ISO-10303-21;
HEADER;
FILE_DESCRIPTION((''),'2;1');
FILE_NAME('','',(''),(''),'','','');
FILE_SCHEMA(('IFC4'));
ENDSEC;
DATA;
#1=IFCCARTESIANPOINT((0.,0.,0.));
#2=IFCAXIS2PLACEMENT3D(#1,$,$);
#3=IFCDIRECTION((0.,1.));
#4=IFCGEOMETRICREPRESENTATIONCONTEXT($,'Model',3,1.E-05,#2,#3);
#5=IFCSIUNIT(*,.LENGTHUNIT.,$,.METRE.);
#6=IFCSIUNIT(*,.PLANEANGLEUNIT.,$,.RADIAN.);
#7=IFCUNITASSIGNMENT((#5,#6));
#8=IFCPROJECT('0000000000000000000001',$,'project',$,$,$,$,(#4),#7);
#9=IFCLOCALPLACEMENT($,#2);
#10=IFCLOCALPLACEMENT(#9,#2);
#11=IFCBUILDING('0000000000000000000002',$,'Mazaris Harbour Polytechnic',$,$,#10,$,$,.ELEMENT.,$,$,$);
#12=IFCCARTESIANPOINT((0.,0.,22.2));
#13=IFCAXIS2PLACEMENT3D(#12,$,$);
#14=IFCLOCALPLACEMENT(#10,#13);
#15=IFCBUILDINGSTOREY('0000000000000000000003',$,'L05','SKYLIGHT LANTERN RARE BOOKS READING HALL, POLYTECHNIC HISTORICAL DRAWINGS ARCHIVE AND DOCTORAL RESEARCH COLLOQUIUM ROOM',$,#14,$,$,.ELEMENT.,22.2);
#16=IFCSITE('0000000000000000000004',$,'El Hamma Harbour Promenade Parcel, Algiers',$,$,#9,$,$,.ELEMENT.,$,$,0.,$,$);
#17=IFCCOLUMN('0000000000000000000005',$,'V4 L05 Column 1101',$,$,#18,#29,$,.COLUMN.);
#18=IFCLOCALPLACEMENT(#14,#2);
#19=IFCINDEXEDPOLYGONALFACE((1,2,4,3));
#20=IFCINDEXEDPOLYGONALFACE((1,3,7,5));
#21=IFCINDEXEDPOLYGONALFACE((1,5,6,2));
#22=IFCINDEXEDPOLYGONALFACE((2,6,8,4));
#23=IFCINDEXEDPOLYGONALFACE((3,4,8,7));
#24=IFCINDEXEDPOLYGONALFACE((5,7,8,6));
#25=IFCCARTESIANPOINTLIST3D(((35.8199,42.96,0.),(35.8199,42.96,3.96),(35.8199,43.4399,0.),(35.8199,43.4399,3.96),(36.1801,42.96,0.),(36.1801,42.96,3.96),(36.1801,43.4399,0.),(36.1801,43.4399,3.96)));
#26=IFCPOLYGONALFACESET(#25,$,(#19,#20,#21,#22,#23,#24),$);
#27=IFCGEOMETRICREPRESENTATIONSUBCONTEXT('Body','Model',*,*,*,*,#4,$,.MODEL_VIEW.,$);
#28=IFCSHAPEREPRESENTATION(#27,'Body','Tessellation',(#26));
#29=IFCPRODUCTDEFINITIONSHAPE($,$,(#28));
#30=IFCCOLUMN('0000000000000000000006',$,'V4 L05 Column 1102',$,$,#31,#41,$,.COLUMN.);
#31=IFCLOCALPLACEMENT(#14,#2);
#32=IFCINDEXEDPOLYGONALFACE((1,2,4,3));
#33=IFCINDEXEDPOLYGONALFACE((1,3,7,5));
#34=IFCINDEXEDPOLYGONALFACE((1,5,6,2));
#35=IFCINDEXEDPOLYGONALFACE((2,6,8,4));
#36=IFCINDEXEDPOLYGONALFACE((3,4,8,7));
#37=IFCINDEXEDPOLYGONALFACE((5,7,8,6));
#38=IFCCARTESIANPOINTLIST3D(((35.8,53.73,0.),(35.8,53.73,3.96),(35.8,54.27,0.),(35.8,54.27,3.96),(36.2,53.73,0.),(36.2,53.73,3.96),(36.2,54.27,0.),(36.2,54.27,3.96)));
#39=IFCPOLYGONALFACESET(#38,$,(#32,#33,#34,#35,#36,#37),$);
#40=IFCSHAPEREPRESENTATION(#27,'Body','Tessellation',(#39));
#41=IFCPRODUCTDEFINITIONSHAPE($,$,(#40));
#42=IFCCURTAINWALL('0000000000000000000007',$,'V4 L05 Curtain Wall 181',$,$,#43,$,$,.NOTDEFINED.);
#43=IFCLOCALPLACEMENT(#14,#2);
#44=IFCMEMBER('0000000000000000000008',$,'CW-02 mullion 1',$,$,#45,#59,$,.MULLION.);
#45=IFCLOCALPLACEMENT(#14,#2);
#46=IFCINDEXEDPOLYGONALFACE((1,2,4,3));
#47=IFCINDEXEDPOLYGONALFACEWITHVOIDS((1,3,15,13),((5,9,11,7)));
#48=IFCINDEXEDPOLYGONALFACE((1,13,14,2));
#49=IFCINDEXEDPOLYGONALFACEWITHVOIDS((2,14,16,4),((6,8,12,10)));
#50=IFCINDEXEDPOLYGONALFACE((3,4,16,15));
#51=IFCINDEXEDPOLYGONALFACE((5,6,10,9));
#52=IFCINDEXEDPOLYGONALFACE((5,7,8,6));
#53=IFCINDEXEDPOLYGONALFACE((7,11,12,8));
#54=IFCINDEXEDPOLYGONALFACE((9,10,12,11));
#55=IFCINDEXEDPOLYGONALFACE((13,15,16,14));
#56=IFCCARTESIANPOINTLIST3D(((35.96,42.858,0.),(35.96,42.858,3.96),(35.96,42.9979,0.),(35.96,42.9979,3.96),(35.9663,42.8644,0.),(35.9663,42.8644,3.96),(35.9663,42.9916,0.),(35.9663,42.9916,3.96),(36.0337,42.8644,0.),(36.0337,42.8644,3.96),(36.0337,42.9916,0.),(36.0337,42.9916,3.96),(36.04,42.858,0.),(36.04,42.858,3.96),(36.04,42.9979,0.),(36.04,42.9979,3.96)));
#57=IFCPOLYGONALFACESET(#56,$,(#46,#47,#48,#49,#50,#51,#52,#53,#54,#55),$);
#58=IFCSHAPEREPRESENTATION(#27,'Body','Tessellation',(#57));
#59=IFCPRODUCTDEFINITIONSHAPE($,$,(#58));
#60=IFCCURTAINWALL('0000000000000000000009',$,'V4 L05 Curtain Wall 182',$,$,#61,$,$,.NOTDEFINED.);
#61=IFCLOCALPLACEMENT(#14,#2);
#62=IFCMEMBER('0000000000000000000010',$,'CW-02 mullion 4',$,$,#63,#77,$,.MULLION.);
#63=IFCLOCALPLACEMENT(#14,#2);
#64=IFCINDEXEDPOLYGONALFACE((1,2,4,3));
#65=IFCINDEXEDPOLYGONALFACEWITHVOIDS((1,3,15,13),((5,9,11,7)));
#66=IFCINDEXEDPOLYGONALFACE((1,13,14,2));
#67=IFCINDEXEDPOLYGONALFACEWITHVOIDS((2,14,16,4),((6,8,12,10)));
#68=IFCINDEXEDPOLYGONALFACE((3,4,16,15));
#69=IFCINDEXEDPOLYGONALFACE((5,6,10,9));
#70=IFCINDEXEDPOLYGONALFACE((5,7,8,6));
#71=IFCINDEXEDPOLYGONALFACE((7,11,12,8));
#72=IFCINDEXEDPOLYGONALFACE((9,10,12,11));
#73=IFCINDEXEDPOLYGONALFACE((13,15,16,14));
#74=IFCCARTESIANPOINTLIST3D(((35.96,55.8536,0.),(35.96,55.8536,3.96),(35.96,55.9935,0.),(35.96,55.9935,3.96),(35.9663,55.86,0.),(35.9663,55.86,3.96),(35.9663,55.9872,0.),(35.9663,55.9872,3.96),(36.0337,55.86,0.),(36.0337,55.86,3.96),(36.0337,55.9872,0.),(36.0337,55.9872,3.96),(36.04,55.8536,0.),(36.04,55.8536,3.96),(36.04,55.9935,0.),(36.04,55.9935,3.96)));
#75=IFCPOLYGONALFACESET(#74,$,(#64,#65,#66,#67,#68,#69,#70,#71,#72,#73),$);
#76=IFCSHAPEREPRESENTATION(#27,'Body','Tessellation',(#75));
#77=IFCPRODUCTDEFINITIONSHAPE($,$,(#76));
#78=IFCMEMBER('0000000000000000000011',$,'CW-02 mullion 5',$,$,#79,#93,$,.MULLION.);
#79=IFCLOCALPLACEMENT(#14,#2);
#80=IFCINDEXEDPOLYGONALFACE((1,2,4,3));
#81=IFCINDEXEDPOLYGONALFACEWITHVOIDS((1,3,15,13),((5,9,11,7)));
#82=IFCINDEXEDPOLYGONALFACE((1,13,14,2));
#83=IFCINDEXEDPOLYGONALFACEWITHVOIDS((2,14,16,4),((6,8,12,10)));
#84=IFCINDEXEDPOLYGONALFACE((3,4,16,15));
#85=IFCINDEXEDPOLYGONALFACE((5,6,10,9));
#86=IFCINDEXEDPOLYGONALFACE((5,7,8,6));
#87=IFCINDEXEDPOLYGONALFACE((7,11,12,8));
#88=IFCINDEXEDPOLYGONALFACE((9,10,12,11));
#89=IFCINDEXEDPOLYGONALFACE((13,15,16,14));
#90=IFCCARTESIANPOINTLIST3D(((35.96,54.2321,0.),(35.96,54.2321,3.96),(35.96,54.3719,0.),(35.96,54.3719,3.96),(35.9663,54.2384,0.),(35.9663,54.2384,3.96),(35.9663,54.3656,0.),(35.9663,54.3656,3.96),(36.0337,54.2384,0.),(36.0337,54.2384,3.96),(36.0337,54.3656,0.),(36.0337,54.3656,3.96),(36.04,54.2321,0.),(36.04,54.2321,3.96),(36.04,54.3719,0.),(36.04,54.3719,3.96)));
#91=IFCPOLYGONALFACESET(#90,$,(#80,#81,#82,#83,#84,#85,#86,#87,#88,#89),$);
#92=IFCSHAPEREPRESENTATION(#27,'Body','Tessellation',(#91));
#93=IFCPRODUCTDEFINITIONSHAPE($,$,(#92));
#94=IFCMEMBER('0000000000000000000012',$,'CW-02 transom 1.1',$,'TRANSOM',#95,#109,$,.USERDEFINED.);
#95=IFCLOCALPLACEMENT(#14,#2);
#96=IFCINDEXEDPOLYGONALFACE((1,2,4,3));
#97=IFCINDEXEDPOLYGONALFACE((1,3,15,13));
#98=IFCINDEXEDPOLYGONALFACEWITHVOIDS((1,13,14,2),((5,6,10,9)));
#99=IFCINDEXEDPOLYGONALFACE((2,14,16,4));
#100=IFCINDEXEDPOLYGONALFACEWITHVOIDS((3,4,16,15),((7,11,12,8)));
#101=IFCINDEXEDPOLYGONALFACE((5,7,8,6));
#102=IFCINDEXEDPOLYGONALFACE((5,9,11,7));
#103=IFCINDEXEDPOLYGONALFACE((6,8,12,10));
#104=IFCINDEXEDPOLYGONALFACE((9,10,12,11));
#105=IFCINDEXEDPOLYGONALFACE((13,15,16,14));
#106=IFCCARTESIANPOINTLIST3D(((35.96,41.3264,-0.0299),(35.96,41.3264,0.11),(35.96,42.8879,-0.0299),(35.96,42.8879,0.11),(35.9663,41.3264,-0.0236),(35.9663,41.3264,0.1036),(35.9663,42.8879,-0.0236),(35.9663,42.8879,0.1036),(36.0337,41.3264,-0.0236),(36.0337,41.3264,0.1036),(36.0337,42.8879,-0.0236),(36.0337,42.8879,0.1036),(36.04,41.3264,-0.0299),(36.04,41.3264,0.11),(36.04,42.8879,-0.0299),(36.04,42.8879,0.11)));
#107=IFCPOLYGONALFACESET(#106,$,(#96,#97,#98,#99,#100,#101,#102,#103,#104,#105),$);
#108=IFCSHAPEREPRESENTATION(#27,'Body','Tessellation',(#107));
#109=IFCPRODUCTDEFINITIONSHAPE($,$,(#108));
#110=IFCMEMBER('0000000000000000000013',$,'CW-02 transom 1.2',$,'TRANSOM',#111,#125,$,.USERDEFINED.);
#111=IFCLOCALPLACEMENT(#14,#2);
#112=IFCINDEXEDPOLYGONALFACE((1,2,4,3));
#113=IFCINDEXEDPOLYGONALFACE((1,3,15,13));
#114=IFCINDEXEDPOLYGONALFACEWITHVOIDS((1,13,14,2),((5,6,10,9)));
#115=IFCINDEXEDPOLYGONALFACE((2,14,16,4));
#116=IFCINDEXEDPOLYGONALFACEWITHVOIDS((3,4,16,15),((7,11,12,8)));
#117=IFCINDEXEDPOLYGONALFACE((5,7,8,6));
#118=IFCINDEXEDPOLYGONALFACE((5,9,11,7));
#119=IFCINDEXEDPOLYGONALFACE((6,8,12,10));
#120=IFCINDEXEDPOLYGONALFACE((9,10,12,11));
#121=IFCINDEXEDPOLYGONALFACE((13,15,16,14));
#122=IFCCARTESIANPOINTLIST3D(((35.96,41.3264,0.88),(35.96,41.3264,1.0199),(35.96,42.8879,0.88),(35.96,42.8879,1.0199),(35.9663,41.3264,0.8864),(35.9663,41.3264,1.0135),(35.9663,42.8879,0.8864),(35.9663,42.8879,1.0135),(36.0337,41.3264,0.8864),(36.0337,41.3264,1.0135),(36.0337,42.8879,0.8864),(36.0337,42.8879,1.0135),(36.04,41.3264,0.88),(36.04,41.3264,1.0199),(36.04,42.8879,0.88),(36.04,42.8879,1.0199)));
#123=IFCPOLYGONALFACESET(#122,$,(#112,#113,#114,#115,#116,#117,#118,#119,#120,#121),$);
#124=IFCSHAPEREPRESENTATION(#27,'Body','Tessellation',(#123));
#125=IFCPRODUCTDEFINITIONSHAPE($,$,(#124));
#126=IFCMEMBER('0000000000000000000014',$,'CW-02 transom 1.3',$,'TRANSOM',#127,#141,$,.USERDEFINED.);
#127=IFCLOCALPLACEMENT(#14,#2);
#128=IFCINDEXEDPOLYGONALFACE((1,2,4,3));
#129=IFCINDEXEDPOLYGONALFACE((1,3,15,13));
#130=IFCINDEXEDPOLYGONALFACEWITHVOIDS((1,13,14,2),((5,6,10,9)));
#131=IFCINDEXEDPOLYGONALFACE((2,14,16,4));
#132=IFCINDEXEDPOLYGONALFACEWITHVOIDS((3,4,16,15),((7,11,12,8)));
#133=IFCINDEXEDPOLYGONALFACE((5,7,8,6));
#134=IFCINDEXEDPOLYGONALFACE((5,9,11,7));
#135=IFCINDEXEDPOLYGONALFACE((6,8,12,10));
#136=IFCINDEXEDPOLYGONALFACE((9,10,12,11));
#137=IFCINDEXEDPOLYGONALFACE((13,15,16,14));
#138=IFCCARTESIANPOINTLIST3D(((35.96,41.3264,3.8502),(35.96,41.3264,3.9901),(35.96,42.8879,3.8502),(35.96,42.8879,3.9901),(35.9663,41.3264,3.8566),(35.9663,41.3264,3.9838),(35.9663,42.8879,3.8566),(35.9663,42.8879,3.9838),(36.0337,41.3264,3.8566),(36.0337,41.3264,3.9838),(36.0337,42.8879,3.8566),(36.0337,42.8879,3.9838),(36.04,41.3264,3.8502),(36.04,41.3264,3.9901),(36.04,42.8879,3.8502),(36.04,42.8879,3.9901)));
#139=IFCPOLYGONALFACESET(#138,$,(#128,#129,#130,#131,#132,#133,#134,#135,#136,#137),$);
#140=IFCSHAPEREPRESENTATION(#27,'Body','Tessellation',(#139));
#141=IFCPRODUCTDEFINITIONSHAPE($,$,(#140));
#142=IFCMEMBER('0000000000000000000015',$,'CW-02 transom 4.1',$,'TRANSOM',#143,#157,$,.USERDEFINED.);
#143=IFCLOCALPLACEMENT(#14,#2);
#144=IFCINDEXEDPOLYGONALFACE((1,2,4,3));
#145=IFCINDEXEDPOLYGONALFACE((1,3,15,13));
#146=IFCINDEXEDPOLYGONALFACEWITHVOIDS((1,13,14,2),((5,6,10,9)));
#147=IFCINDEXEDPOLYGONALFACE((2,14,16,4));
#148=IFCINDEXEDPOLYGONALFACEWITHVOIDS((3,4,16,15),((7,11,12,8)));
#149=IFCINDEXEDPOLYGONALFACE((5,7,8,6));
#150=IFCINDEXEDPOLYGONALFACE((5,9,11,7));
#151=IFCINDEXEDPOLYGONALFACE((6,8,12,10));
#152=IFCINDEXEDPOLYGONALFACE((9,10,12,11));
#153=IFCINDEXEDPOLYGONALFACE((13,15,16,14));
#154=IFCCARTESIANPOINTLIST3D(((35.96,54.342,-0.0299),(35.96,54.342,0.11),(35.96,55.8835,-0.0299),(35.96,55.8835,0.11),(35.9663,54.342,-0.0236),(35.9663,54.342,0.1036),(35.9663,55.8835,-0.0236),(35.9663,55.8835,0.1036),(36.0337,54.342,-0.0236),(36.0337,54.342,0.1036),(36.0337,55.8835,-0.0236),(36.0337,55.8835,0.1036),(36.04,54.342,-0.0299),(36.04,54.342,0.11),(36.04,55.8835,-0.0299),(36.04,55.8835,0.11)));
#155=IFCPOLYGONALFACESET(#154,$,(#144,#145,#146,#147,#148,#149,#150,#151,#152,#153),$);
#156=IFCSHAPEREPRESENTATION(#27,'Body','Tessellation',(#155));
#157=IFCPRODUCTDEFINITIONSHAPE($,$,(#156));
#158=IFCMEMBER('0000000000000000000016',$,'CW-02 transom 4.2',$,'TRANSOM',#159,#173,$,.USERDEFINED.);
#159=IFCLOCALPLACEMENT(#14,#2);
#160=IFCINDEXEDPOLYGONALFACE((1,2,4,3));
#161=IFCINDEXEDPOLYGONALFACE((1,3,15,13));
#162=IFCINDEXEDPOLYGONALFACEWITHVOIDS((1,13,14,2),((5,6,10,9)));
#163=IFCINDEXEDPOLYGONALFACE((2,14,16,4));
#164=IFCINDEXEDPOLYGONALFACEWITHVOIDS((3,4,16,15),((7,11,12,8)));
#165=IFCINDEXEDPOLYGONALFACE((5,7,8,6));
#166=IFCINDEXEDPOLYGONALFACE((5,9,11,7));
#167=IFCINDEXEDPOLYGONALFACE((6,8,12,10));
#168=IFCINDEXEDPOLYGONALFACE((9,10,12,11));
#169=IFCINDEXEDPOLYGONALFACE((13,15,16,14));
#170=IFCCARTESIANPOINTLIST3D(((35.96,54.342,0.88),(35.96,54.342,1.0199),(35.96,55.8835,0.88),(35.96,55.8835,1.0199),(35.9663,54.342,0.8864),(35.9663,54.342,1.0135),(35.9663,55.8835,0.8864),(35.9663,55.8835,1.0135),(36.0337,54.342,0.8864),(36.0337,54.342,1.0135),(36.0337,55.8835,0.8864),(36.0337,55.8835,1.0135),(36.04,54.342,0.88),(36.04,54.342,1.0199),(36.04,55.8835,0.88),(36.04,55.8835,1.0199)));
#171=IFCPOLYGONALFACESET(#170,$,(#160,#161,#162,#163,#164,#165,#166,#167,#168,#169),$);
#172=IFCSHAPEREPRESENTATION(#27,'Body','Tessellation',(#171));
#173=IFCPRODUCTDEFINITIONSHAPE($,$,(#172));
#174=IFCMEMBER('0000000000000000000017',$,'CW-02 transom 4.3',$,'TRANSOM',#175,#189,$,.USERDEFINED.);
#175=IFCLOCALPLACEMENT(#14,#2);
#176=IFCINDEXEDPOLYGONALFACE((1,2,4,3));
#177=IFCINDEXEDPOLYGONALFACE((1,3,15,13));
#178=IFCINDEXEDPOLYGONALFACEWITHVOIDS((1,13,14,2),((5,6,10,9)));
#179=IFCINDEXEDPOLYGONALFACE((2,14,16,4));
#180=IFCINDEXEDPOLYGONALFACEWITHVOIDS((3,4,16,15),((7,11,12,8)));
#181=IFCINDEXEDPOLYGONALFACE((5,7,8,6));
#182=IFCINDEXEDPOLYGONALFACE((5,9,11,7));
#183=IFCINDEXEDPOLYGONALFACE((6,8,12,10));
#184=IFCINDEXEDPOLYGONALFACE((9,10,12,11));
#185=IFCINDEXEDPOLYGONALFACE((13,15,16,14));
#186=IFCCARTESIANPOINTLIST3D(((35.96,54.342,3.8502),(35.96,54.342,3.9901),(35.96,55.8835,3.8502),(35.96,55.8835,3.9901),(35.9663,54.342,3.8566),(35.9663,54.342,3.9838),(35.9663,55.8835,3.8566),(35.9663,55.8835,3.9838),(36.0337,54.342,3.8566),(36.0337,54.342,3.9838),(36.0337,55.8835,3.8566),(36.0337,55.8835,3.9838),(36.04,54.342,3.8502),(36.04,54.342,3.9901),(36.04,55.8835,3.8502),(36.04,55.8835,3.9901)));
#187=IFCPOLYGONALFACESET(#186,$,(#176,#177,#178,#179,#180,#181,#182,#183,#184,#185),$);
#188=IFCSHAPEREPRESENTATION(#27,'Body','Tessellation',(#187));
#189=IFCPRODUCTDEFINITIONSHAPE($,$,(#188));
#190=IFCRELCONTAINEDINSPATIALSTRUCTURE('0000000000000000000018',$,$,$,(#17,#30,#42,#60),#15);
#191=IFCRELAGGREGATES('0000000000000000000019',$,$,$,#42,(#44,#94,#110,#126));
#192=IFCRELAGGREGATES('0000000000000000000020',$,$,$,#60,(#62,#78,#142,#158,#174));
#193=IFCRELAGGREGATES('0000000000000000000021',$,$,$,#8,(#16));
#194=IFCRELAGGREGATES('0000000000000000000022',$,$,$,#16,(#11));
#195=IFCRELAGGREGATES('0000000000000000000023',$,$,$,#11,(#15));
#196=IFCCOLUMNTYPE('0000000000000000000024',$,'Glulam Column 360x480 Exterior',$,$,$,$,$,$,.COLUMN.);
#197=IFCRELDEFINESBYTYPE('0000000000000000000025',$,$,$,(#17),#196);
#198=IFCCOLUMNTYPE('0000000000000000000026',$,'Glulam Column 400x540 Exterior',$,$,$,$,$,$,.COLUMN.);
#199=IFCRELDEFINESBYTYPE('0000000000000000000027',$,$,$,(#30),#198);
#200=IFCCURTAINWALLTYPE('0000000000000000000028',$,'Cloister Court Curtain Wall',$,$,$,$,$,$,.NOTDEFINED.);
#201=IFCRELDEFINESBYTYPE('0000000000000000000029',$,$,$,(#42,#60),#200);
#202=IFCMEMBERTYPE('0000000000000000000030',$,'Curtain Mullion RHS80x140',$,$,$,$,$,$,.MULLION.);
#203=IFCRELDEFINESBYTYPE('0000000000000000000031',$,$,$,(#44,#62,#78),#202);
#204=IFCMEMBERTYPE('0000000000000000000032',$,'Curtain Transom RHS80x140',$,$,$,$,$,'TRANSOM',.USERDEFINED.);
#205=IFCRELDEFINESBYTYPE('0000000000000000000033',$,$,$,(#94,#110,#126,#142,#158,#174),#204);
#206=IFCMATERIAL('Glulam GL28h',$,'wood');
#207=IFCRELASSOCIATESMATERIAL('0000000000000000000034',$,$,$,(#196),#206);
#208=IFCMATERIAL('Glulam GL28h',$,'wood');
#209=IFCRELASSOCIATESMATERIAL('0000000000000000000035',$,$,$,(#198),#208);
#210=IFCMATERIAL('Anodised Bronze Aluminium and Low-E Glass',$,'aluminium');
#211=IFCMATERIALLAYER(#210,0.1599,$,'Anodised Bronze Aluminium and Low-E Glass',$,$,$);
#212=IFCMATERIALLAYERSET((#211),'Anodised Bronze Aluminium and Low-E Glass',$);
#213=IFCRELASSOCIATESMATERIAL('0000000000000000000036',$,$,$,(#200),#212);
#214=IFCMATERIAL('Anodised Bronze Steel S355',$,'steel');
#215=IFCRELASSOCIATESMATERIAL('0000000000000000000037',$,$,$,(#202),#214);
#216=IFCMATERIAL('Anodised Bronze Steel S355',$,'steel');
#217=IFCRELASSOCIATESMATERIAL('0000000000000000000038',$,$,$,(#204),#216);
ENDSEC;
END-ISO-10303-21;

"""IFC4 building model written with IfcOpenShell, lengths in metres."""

from ifc_helpers import new_model, si_unit, direction, frame, origin, origin_2d, place, context, subcontext, project, spatial, rectangle, hollow_rectangle, extrude, material, layer, layer_set, material_profile, profile_set, type_object, element, aggregate, save


model = new_model("IFC4")

# Units and contexts
model_context = context("Model", 3, precision=1e-05, world=origin(), true_north=direction((0.0, 1.0)))
body_context = subcontext(model_context, "Body", "Model", "MODEL_VIEW")
ifc_project = project(units=[si_unit("LENGTHUNIT", "METRE"), si_unit("PLANEANGLEUNIT", "RADIAN")], contexts=[model_context])

# Site, building, storey
site_placement = place(None, origin())
site = spatial("IfcSite", under=ifc_project, at=site_placement, Name="El Hamma Harbour Promenade Parcel, Algiers", CompositionType="ELEMENT", RefElevation=0.0)
building_placement = place(site_placement, origin())
building = spatial("IfcBuilding", under=site, at=building_placement, Name="Mazaris Harbour Polytechnic", CompositionType="ELEMENT")
storey_placement = place(building_placement, frame((0.0, 0.0, 22.2)))
storey = spatial("IfcBuildingStorey", under=building, at=storey_placement, Name="L05", Description="SKYLIGHT LANTERN RARE BOOKS READING HALL, POLYTECHNIC HISTORICAL DRAWINGS ARCHIVE AND DOCTORAL RESEARCH COLLOQUIUM ROOM", CompositionType="ELEMENT", Elevation=22.2)

# Columns
ifc_material_1 = material(Name="Glulam GL28h", Category="wood")
ifc_material_profile_1 = material_profile(ifc_material_1, rectangle(XDim=0.3601, YDim=0.48, at=origin_2d()), Name="RECT360x480")
ifc_profile_set_1 = profile_set([ifc_material_profile_1], Name="Glulam GL28h")
column_type_1 = type_object("IfcColumnType", Name="Glulam Column 360x480 Exterior", PredefinedType="COLUMN", material=ifc_profile_set_1)
column_1_placement = place(storey_placement, frame((36.0, 43.2, 0.0), z_axis=(0.0, 0.0, 1.0), x_axis=(1.0, 0.0, 0.0)))
element("IfcColumn", 1, at=column_1_placement, inside=storey, type_object=column_type_1, Name="V4 L05 Column 1101", PredefinedType="COLUMN", context=body_context, shape_type="SweptSolid", body=[
    extrude(rectangle(XDim=0.3601, YDim=0.48, at=origin_2d()), origin(), (0.0, 0.0, 1.0), 3.96),
])
ifc_material_2 = material(Name="Glulam GL28h", Category="wood")
ifc_material_profile_2 = material_profile(ifc_material_2, rectangle(XDim=0.3999, YDim=0.54, at=origin_2d()), Name="RECT400x540")
ifc_profile_set_2 = profile_set([ifc_material_profile_2], Name="Glulam GL28h")
column_type_2 = type_object("IfcColumnType", Name="Glulam Column 400x540 Exterior", PredefinedType="COLUMN", material=ifc_profile_set_2)
column_2_placement = place(storey_placement, frame((36.0, 54.0, 0.0), z_axis=(0.0, 0.0, 1.0), x_axis=(1.0, 0.0, 0.0)))
element("IfcColumn", 2, at=column_2_placement, inside=storey, type_object=column_type_2, Name="V4 L05 Column 1102", PredefinedType="COLUMN", context=body_context, shape_type="SweptSolid", body=[
    extrude(rectangle(XDim=0.3999, YDim=0.54, at=origin_2d()), origin(), (0.0, 0.0, 1.0), 3.96),
])

# Curtain wall, member
ifc_material_3 = material(Name="Anodised Bronze Aluminium and Low-E Glass", Category="aluminium")
ifc_layer_1 = layer(ifc_material_3, 0.1599, Name="Anodised Bronze Aluminium and Low-E Glass")
ifc_layer_set_1 = layer_set([ifc_layer_1], Name="Anodised Bronze Aluminium and Low-E Glass")
curtain_wall_type = type_object("IfcCurtainWallType", Name="Cloister Court Curtain Wall", PredefinedType="NOTDEFINED", material=ifc_layer_set_1)
curtain_wall_1_placement = place(storey_placement, origin())
curtain_wall_1 = element("IfcCurtainWall", 3, at=curtain_wall_1_placement, inside=storey, type_object=curtain_wall_type, Name="V4 L05 Curtain Wall 181", PredefinedType="NOTDEFINED")
ifc_material_4 = material(Name="Anodised Bronze Steel S355", Category="steel")
ifc_material_profile_3 = material_profile(ifc_material_4, hollow_rectangle(XDim=0.0801, YDim=0.1399, WallThickness=0.0063, at=origin_2d()), Name="RHS 80x140x6.3")
ifc_profile_set_3 = profile_set([ifc_material_profile_3], Name="Anodised Bronze Steel S355")
member_type_1 = type_object("IfcMemberType", Name="Curtain Mullion RHS80x140", PredefinedType="MULLION", material=ifc_profile_set_3)
member_1_placement = place(storey_placement, frame((36.0, 42.928, 0.0), z_axis=(0.0, 0.0, 1.0), x_axis=(1.0, 0.0, 0.0)))
member_1 = element("IfcMember", 4, at=member_1_placement, type_object=member_type_1, Name="CW-02 mullion 1", PredefinedType="MULLION", context=body_context, shape_type="SweptSolid", body=[
    extrude(hollow_rectangle(XDim=0.0801, YDim=0.1399, WallThickness=0.0063, at=origin_2d()), origin(), (0.0, 0.0, 1.0), 3.96),
])

# Curtain wall, members
curtain_wall_2_placement = place(storey_placement, origin())
curtain_wall_2 = element("IfcCurtainWall", 5, at=curtain_wall_2_placement, inside=storey, type_object=curtain_wall_type, Name="V4 L05 Curtain Wall 182", PredefinedType="NOTDEFINED")
member_2_placement = place(storey_placement, frame((36.0, 55.9236, 0.0), z_axis=(0.0, 0.0, 1.0), x_axis=(1.0, 0.0, 0.0)))
member_2 = element("IfcMember", 6, at=member_2_placement, type_object=member_type_1, Name="CW-02 mullion 4", PredefinedType="MULLION", context=body_context, shape_type="SweptSolid", body=[
    extrude(hollow_rectangle(XDim=0.0801, YDim=0.1399, WallThickness=0.0063, at=origin_2d()), origin(), (0.0, 0.0, 1.0), 3.96),
])
member_3_placement = place(storey_placement, frame((36.0, 54.302, 0.0), z_axis=(0.0, 0.0, 1.0), x_axis=(1.0, 0.0, 0.0)))
member_3 = element("IfcMember", 7, at=member_3_placement, type_object=member_type_1, Name="CW-02 mullion 5", PredefinedType="MULLION", context=body_context, shape_type="SweptSolid", body=[
    extrude(hollow_rectangle(XDim=0.0801, YDim=0.1399, WallThickness=0.0063, at=origin_2d()), origin(), (0.0, 0.0, 1.0), 3.96),
])

# Members
ifc_material_5 = material(Name="Anodised Bronze Steel S355", Category="steel")
ifc_material_profile_4 = material_profile(ifc_material_5, hollow_rectangle(XDim=0.0801, YDim=0.1399, WallThickness=0.0063, at=origin_2d()), Name="RHS 80x140x6.3")
ifc_profile_set_4 = profile_set([ifc_material_profile_4], Name="Anodised Bronze Steel S355")
member_type_2 = type_object("IfcMemberType", Name="Curtain Transom RHS80x140", ElementType="TRANSOM", PredefinedType="USERDEFINED", material=ifc_profile_set_4)
member_4_placement = place(storey_placement, frame((36.0, 42.8879, 0.04), z_axis=(0.0, -1.0, 0.0), x_axis=(1.0, 0.0, 0.0)))
member_4 = element("IfcMember", 8, at=member_4_placement, type_object=member_type_2, Name="CW-02 transom 1.1", ObjectType="TRANSOM", PredefinedType="USERDEFINED", context=body_context, shape_type="SweptSolid", body=[
    extrude(hollow_rectangle(XDim=0.0801, YDim=0.1399, WallThickness=0.0063, at=origin_2d()), origin(), (0.0, 0.0, 1.0), 1.5615),
])
member_5_placement = place(storey_placement, frame((36.0, 42.8879, 0.95), z_axis=(0.0, -1.0, 0.0), x_axis=(1.0, 0.0, 0.0)))
member_5 = element("IfcMember", 9, at=member_5_placement, type_object=member_type_2, Name="CW-02 transom 1.2", ObjectType="TRANSOM", PredefinedType="USERDEFINED", context=body_context, shape_type="SweptSolid", body=[
    extrude(hollow_rectangle(XDim=0.0801, YDim=0.1399, WallThickness=0.0063, at=origin_2d()), origin(), (0.0, 0.0, 1.0), 1.5615),
])
member_6_placement = place(storey_placement, frame((36.0, 42.8879, 3.9202), z_axis=(0.0, -1.0, 0.0), x_axis=(1.0, 0.0, 0.0)))
member_6 = element("IfcMember", 10, at=member_6_placement, type_object=member_type_2, Name="CW-02 transom 1.3", ObjectType="TRANSOM", PredefinedType="USERDEFINED", context=body_context, shape_type="SweptSolid", body=[
    extrude(hollow_rectangle(XDim=0.0801, YDim=0.1399, WallThickness=0.0063, at=origin_2d()), origin(), (0.0, 0.0, 1.0), 1.5615),
])
member_7_placement = place(storey_placement, frame((36.0, 55.8835, 0.04), z_axis=(0.0, -1.0, 0.0), x_axis=(1.0, 0.0, 0.0)))
member_7 = element("IfcMember", 11, at=member_7_placement, type_object=member_type_2, Name="CW-02 transom 4.1", ObjectType="TRANSOM", PredefinedType="USERDEFINED", context=body_context, shape_type="SweptSolid", body=[
    extrude(hollow_rectangle(XDim=0.0801, YDim=0.1399, WallThickness=0.0063, at=origin_2d()), origin(), (0.0, 0.0, 1.0), 1.5415),
])
member_8_placement = place(storey_placement, frame((36.0, 55.8835, 0.95), z_axis=(0.0, -1.0, 0.0), x_axis=(1.0, 0.0, 0.0)))
member_8 = element("IfcMember", 12, at=member_8_placement, type_object=member_type_2, Name="CW-02 transom 4.2", ObjectType="TRANSOM", PredefinedType="USERDEFINED", context=body_context, shape_type="SweptSolid", body=[
    extrude(hollow_rectangle(XDim=0.0801, YDim=0.1399, WallThickness=0.0063, at=origin_2d()), origin(), (0.0, 0.0, 1.0), 1.5415),
])
member_9_placement = place(storey_placement, frame((36.0, 55.8835, 3.9202), z_axis=(0.0, -1.0, 0.0), x_axis=(1.0, 0.0, 0.0)))
member_9 = element("IfcMember", 13, at=member_9_placement, type_object=member_type_2, Name="CW-02 transom 4.3", ObjectType="TRANSOM", PredefinedType="USERDEFINED", context=body_context, shape_type="SweptSolid", body=[
    extrude(hollow_rectangle(XDim=0.0801, YDim=0.1399, WallThickness=0.0063, at=origin_2d()), origin(), (0.0, 0.0, 1.0), 1.5415),
])

aggregate(curtain_wall_1, [member_1, member_4, member_5, member_6])
aggregate(curtain_wall_2, [member_2, member_3, member_7, member_8, member_9])

save(model, "model.ifc")
